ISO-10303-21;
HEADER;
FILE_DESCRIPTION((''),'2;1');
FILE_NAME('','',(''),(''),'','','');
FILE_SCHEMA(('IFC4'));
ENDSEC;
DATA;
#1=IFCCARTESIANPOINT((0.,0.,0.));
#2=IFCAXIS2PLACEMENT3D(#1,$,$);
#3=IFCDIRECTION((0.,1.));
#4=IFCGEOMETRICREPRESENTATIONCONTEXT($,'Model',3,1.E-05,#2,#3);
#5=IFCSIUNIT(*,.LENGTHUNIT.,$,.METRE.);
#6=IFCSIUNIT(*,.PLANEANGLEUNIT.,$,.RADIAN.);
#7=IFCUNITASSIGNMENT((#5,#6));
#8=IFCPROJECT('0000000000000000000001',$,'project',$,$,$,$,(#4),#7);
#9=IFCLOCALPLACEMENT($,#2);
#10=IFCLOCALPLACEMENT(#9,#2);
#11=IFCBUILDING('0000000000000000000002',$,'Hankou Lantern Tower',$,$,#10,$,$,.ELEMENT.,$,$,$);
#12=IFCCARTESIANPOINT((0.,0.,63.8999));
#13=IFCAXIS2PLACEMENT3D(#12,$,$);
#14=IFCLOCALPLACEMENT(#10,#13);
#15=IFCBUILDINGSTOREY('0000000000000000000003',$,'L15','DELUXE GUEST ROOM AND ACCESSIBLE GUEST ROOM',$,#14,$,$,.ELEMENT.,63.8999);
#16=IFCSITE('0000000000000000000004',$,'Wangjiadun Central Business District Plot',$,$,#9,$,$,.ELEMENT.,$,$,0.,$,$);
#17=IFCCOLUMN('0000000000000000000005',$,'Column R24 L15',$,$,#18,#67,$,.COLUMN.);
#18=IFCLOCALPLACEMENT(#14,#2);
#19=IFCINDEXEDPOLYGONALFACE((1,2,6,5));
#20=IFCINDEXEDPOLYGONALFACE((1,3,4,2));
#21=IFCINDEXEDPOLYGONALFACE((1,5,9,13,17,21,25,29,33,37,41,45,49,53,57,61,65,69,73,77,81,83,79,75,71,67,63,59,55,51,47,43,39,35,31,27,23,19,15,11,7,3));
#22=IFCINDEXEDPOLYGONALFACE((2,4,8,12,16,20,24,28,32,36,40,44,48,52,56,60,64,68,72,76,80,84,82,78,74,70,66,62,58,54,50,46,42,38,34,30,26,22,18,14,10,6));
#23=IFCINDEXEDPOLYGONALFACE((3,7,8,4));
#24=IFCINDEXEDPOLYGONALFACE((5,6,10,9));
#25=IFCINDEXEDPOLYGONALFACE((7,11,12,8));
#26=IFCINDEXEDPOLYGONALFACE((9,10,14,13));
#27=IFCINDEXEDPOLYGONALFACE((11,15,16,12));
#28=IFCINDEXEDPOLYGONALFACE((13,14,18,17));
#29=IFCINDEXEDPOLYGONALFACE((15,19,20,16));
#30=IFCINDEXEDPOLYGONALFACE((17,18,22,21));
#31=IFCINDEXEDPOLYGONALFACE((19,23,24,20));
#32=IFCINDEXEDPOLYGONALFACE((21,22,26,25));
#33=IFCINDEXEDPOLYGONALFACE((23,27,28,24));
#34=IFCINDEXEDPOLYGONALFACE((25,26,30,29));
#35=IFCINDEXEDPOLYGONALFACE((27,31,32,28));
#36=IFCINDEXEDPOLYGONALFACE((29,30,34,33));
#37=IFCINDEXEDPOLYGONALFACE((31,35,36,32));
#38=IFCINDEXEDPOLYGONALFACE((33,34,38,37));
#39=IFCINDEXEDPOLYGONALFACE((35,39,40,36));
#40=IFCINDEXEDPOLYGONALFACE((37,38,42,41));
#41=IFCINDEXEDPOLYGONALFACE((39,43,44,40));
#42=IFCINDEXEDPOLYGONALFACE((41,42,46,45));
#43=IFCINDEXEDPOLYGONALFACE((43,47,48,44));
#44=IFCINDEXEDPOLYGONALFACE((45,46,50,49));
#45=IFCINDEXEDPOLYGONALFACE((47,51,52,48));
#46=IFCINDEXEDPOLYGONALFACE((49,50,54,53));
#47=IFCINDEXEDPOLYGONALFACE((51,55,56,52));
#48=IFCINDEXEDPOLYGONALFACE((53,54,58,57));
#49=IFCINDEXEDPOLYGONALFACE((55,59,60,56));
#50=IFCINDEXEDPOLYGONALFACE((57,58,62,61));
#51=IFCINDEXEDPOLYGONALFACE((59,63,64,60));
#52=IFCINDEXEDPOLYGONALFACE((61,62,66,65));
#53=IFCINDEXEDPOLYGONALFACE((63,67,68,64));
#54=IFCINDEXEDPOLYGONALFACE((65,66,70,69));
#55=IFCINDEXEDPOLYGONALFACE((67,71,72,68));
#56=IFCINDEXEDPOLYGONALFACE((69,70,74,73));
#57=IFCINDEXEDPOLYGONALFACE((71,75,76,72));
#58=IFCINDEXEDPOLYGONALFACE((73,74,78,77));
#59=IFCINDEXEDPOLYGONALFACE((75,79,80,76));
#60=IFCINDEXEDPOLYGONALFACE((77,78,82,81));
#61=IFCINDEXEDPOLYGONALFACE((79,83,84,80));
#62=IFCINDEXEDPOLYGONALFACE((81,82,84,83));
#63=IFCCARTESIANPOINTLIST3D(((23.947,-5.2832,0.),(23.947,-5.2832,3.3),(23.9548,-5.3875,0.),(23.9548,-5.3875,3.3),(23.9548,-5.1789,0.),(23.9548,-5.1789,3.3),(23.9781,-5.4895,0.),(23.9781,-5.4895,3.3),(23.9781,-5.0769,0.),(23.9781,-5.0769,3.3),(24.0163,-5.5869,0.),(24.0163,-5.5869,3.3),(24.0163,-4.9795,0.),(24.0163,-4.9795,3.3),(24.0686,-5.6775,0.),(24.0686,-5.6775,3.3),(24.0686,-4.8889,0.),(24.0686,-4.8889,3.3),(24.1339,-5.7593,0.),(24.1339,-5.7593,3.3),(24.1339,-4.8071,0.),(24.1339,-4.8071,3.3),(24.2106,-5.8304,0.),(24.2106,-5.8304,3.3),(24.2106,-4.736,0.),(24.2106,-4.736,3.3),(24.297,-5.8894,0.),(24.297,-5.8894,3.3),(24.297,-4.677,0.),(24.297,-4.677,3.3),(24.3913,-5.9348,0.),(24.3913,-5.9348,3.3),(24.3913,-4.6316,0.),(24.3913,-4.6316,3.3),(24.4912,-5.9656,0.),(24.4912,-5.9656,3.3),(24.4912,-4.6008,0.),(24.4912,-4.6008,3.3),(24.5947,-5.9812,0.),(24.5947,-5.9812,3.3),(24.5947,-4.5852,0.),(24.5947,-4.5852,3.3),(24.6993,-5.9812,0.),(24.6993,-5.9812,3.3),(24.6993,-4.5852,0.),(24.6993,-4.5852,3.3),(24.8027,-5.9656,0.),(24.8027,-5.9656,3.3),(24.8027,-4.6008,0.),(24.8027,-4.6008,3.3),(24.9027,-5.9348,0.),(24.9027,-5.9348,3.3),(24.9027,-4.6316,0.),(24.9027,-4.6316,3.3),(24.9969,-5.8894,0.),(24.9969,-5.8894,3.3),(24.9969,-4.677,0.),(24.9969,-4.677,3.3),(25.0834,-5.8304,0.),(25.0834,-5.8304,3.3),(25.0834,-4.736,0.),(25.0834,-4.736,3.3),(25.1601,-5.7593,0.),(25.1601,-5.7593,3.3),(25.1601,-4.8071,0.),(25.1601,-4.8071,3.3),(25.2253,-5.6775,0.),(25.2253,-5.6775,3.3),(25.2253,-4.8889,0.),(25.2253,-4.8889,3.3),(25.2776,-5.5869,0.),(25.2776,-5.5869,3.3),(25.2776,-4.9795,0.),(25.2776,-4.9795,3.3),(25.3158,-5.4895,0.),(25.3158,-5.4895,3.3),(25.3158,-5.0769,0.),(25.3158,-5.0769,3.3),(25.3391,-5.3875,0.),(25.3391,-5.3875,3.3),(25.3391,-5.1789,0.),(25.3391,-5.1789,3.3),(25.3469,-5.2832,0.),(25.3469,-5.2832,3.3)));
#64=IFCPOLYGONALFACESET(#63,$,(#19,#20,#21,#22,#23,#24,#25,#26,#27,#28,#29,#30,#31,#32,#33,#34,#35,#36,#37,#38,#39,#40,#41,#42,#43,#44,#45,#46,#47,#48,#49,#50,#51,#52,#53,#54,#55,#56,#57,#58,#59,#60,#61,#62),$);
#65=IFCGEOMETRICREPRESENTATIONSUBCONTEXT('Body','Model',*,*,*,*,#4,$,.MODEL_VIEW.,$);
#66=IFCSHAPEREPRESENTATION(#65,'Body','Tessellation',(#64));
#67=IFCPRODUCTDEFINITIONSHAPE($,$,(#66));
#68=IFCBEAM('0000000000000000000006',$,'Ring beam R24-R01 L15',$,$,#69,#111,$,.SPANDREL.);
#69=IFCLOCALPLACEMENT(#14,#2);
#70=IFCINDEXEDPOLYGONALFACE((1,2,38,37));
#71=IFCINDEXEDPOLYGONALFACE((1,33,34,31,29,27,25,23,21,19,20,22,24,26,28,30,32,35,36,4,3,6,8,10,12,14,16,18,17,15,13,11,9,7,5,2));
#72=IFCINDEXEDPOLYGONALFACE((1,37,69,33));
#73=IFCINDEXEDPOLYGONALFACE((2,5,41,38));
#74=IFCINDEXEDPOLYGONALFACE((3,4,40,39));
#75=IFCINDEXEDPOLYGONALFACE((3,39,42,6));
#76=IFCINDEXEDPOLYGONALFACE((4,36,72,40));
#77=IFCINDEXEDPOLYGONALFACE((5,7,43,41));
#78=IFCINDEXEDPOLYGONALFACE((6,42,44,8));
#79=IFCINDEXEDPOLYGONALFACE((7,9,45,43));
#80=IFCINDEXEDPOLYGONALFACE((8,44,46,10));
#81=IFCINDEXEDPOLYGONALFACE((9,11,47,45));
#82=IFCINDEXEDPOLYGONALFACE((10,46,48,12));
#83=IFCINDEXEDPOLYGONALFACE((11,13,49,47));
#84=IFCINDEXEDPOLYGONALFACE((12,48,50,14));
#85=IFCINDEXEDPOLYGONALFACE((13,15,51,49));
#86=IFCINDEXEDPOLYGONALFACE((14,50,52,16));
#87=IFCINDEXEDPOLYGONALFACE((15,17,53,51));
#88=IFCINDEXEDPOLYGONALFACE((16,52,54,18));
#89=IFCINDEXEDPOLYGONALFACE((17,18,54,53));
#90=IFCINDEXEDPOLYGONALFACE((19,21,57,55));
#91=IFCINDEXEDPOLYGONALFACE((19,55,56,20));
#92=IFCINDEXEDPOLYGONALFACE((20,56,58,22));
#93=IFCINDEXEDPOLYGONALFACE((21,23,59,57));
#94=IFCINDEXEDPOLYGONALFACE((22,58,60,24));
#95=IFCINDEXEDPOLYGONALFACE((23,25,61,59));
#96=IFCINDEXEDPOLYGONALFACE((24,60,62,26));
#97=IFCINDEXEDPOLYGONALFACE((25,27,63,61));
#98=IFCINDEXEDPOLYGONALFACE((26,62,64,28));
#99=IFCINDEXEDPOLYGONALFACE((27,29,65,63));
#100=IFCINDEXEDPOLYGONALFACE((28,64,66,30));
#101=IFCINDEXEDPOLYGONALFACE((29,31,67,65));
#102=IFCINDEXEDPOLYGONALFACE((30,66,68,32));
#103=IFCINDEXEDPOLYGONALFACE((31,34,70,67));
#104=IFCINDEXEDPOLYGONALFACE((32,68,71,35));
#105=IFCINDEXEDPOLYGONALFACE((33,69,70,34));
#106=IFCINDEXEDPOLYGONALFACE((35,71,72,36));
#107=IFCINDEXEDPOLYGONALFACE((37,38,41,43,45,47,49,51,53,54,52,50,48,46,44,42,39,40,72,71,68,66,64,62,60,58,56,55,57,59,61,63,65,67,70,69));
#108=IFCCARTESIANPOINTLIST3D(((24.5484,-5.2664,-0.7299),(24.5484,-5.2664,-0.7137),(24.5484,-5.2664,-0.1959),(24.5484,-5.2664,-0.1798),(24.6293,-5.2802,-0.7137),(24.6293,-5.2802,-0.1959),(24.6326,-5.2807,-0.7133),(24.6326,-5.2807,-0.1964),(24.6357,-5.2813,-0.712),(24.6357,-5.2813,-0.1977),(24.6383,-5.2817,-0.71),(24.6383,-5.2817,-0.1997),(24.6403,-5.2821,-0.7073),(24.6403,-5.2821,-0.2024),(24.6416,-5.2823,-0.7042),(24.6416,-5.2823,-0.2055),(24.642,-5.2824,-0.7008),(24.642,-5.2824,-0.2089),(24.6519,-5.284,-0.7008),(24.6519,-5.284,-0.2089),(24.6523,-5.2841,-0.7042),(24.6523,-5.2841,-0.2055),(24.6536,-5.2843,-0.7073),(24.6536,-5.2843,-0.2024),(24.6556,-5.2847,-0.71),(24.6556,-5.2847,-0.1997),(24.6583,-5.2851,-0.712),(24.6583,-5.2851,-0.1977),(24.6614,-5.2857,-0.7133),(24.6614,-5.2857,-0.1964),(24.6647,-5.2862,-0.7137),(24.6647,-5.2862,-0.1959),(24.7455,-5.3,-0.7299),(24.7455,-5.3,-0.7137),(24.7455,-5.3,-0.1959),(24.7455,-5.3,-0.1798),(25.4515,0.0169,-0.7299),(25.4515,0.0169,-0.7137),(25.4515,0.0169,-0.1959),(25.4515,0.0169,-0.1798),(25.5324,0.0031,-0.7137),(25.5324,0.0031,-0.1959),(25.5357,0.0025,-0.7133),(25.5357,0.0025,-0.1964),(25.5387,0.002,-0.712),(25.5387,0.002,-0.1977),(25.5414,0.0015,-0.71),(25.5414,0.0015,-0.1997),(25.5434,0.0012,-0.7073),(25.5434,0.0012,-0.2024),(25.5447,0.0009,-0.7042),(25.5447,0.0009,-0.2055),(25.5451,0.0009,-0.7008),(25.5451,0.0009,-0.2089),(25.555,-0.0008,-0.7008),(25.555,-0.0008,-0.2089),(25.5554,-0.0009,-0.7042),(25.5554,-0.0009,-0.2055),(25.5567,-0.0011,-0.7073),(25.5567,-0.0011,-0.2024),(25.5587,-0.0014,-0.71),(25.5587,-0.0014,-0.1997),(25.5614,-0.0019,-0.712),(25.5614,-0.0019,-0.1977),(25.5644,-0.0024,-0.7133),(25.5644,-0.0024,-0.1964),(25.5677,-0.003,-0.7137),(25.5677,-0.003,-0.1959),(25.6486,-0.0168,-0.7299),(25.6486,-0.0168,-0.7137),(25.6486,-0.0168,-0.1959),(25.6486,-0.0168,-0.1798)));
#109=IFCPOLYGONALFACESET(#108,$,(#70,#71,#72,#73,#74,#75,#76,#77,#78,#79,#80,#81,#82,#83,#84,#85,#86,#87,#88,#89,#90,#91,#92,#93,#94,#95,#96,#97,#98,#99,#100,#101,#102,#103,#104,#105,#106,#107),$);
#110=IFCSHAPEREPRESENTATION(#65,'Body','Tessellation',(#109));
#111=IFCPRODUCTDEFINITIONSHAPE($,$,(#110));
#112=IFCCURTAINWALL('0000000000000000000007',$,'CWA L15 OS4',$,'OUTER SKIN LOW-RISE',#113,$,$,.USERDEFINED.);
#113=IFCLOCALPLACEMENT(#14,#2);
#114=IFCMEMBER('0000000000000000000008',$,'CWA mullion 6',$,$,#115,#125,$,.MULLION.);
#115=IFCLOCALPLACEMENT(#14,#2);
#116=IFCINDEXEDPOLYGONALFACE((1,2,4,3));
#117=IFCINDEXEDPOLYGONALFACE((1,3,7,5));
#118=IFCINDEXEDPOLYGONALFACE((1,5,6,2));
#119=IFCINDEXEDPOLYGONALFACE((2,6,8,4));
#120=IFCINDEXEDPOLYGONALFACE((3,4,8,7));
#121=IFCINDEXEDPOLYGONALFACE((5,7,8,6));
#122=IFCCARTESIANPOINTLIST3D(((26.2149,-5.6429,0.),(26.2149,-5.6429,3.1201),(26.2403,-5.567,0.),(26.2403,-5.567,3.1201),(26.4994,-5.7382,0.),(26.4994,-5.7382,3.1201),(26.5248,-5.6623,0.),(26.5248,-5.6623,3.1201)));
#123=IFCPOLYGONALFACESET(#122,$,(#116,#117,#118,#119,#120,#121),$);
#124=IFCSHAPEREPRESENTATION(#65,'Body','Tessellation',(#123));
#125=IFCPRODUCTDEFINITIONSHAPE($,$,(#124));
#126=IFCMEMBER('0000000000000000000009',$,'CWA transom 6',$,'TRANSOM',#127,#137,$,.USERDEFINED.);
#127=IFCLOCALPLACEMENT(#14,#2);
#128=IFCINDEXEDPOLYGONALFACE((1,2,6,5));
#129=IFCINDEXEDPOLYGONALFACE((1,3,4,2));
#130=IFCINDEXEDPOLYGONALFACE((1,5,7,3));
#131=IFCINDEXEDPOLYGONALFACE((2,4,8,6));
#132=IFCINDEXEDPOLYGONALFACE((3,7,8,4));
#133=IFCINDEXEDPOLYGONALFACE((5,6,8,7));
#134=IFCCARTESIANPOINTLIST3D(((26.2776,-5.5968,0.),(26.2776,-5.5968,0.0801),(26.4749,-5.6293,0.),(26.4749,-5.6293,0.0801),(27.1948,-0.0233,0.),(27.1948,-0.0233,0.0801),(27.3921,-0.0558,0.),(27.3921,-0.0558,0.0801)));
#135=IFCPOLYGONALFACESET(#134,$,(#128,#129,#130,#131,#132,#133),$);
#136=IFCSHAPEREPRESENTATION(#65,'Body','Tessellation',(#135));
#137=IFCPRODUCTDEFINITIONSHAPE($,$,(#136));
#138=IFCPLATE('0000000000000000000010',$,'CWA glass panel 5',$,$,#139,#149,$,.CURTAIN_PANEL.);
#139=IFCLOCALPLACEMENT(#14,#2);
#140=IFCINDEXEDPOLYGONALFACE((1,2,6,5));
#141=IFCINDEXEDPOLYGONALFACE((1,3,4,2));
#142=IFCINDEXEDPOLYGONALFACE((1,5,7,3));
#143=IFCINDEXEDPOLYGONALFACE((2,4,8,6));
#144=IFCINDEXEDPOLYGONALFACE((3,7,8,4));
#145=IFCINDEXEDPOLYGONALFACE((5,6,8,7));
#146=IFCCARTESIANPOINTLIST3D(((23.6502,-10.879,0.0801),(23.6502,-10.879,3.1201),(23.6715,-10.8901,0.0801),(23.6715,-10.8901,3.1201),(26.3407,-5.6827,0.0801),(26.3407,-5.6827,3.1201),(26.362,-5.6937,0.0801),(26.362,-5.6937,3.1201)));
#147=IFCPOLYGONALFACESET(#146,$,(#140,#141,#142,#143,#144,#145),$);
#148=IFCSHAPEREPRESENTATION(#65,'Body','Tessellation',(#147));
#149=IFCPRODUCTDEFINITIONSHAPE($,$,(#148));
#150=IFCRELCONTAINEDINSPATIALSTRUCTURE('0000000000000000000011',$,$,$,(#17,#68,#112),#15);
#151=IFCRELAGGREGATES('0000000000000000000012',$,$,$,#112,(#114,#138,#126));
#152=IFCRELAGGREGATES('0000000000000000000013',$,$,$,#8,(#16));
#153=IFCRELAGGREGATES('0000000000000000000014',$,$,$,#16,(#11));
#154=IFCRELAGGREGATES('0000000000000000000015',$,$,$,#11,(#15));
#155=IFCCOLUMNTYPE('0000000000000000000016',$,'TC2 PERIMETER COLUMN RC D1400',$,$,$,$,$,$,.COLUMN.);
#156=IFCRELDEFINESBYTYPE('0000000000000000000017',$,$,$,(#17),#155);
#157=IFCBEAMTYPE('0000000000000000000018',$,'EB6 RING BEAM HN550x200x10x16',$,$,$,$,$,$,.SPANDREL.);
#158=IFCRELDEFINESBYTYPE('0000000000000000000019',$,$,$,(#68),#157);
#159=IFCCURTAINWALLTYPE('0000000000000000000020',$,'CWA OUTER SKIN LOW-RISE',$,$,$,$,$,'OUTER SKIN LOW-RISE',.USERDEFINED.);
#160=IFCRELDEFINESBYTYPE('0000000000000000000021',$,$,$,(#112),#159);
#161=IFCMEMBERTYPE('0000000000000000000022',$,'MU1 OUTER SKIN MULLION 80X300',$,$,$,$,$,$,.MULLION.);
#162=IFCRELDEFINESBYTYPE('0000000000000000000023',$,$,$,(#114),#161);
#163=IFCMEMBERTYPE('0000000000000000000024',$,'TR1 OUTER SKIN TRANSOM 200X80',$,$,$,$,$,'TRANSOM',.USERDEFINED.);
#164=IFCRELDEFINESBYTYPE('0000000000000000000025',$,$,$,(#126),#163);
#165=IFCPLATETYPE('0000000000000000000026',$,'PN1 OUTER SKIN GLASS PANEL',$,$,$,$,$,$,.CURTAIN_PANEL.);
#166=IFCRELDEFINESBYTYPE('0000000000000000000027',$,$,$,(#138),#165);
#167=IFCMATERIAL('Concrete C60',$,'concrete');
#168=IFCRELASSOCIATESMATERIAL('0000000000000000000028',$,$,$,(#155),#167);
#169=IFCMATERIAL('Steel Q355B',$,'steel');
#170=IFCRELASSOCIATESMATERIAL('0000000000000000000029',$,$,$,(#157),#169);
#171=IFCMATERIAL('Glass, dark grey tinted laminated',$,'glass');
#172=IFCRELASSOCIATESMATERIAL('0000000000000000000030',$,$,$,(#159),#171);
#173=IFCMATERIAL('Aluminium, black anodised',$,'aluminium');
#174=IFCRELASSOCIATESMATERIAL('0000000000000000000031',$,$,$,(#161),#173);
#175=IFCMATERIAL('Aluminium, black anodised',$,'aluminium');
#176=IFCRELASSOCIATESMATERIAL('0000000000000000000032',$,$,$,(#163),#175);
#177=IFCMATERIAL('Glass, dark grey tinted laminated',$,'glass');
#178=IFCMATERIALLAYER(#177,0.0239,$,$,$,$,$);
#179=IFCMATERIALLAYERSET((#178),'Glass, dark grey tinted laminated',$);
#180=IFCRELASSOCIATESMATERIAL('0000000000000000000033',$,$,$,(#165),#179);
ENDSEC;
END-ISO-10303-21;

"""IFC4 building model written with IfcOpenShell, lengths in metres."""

from ifc_helpers import new_model, si_unit, direction, frame, origin, origin_2d, place, context, subcontext, project, spatial, rectangle, circle, i_section, extrude, material, layer, layer_set, material_profile, profile_set, type_object, element, aggregate, save


model = new_model("IFC4")

# Units and contexts
model_context = context("Model", 3, precision=1e-05, world=origin(), true_north=direction((0.0, 1.0)))
body_context = subcontext(model_context, "Body", "Model", "MODEL_VIEW")
ifc_project = project(units=[si_unit("LENGTHUNIT", "METRE"), si_unit("PLANEANGLEUNIT", "RADIAN")], contexts=[model_context])

# Site, building, storey
site_placement = place(None, origin())
site = spatial("IfcSite", under=ifc_project, at=site_placement, Name="Wangjiadun Central Business District Plot", CompositionType="ELEMENT", RefElevation=0.0)
building_placement = place(site_placement, origin())
building = spatial("IfcBuilding", under=site, at=building_placement, Name="Hankou Lantern Tower", CompositionType="ELEMENT")
storey_placement = place(building_placement, frame((0.0, 0.0, 63.8999)))
storey = spatial("IfcBuildingStorey", under=building, at=storey_placement, Name="L15", Description="DELUXE GUEST ROOM AND ACCESSIBLE GUEST ROOM", CompositionType="ELEMENT", Elevation=63.8999)

# Column
ifc_material_1 = material(Name="Concrete C60", Category="concrete")
ifc_material_profile_1 = material_profile(ifc_material_1, circle(Radius=0.7, at=origin_2d()), Name="RC D1400")
ifc_profile_set_1 = profile_set([ifc_material_profile_1], Name="Concrete C60")
column_type = type_object("IfcColumnType", Name="TC2 PERIMETER COLUMN RC D1400", PredefinedType="COLUMN", material=ifc_profile_set_1)
column_placement = place(storey_placement, frame((24.647, -5.2832, 0.0), z_axis=(0.0, 0.0, 1.0), x_axis=(1.0, 0.0, 0.0)))
element("IfcColumn", 1, at=column_placement, inside=storey, type_object=column_type, Name="Column R24 L15", PredefinedType="COLUMN", context=body_context, shape_type="SweptSolid", body=[
    extrude(circle(Radius=0.7, at=origin_2d()), origin(), (0.0, 0.0, 1.0), 3.3),
])

# Beam
ifc_material_2 = material(Name="Steel Q355B", Category="steel")
ifc_material_profile_2 = material_profile(ifc_material_2, i_section(OverallWidth=0.2, OverallDepth=0.55, WebThickness=0.01, FlangeThickness=0.0161, FilletRadius=0.0129, at=origin_2d()), Name="HN550x200x10x16")
ifc_profile_set_2 = profile_set([ifc_material_profile_2], Name="Steel Q355B")
beam_type = type_object("IfcBeamType", Name="EB6 RING BEAM HN550x200x10x16", PredefinedType="SPANDREL", material=ifc_profile_set_2)
beam_placement = place(storey_placement, frame((24.647, -5.2832, -0.4548), z_axis=(0.16849, 0.985703, 0.0), x_axis=(-0.985703, 0.16849, 0.0)))
element("IfcBeam", 2, at=beam_placement, inside=storey, type_object=beam_type, Name="Ring beam R24-R01 L15", PredefinedType="SPANDREL", context=body_context, shape_type="SweptSolid", body=[
    extrude(i_section(OverallWidth=0.2, OverallDepth=0.55, WebThickness=0.01, FlangeThickness=0.0161, FilletRadius=0.0129, at=origin_2d()), origin(), (0.0, 0.0, 1.0), 5.3599),
])

# Curtain wall, members, plate
ifc_material_3 = material(Name="Glass, dark grey tinted laminated", Category="glass")
curtain_wall_type = type_object("IfcCurtainWallType", Name="CWA OUTER SKIN LOW-RISE", ElementType="OUTER SKIN LOW-RISE", PredefinedType="USERDEFINED", material=ifc_material_3)
curtain_wall_placement = place(storey_placement, origin())
curtain_wall = element("IfcCurtainWall", 3, at=curtain_wall_placement, inside=storey, type_object=curtain_wall_type, Name="CWA L15 OS4", ObjectType="OUTER SKIN LOW-RISE", PredefinedType="USERDEFINED")
ifc_material_4 = material(Name="Aluminium, black anodised", Category="aluminium")
ifc_material_profile_3 = material_profile(ifc_material_4, rectangle(XDim=0.0801, YDim=0.3, at=origin_2d()), Name="MU1 80X300")
ifc_profile_set_3 = profile_set([ifc_material_profile_3], Name="Aluminium, black anodised")
member_type_1 = type_object("IfcMemberType", Name="MU1 OUTER SKIN MULLION 80X300", PredefinedType="MULLION", material=ifc_profile_set_3)
member_1_placement = place(storey_placement, frame((26.3699, -5.6526, 0.0), z_axis=(0.0, 0.0, 1.0), x_axis=(0.317596, 0.948226, 0.0)))
member_1 = element("IfcMember", 4, at=member_1_placement, type_object=member_type_1, Name="CWA mullion 6", PredefinedType="MULLION", context=body_context, shape_type="SweptSolid", body=[
    extrude(rectangle(XDim=0.0801, YDim=0.3, at=origin_2d()), origin(), (0.0, 0.0, 1.0), 3.1201),
])
ifc_material_5 = material(Name="Aluminium, black anodised", Category="aluminium")
ifc_material_profile_4 = material_profile(ifc_material_5, rectangle(XDim=0.2, YDim=0.0801, at=origin_2d()), Name="TR1 200X80")
ifc_profile_set_4 = profile_set([ifc_material_profile_4], Name="Aluminium, black anodised")
member_type_2 = type_object("IfcMemberType", Name="TR1 OUTER SKIN TRANSOM 200X80", ElementType="TRANSOM", PredefinedType="USERDEFINED", material=ifc_profile_set_4)
member_2_placement = place(storey_placement, frame((26.3762, -5.613, 0.04), z_axis=(0.162387, 0.986727, 0.0), x_axis=(-0.986727, 0.162387, 0.0)))
member_2 = element("IfcMember", 5, at=member_2_placement, type_object=member_type_2, Name="CWA transom 6", ObjectType="TRANSOM", PredefinedType="USERDEFINED", context=body_context, shape_type="SweptSolid", body=[
    extrude(rectangle(XDim=0.2, YDim=0.0801, at=origin_2d()), origin(), (0.0, 0.0, 1.0), 5.6484),
])
ifc_material_6 = material(Name="Glass, dark grey tinted laminated", Category="glass")
ifc_layer_1 = layer(ifc_material_6, 0.0239)
ifc_layer_set_1 = layer_set([ifc_layer_1], Name="Glass, dark grey tinted laminated")
plate_type = type_object("IfcPlateType", Name="PN1 OUTER SKIN GLASS PANEL", PredefinedType="CURTAIN_PANEL", material=ifc_layer_set_1)
plate_placement = place(storey_placement, frame((25.0061, -8.2864, 0.0801), z_axis=(0.0, 0.0, 1.0), x_axis=(0.459791, 0.888027, 0.0)))
plate = element("IfcPlate", 6, at=plate_placement, type_object=plate_type, Name="CWA glass panel 5", PredefinedType="CURTAIN_PANEL", context=body_context, shape_type="SweptSolid", body=[
    extrude(rectangle(XDim=5.8516, YDim=0.0239, at=origin_2d()), origin(), (0.0, 0.0, 1.0), 3.04),
])
aggregate(curtain_wall, [member_1, plate, member_2])

save(model, "model.ifc")
